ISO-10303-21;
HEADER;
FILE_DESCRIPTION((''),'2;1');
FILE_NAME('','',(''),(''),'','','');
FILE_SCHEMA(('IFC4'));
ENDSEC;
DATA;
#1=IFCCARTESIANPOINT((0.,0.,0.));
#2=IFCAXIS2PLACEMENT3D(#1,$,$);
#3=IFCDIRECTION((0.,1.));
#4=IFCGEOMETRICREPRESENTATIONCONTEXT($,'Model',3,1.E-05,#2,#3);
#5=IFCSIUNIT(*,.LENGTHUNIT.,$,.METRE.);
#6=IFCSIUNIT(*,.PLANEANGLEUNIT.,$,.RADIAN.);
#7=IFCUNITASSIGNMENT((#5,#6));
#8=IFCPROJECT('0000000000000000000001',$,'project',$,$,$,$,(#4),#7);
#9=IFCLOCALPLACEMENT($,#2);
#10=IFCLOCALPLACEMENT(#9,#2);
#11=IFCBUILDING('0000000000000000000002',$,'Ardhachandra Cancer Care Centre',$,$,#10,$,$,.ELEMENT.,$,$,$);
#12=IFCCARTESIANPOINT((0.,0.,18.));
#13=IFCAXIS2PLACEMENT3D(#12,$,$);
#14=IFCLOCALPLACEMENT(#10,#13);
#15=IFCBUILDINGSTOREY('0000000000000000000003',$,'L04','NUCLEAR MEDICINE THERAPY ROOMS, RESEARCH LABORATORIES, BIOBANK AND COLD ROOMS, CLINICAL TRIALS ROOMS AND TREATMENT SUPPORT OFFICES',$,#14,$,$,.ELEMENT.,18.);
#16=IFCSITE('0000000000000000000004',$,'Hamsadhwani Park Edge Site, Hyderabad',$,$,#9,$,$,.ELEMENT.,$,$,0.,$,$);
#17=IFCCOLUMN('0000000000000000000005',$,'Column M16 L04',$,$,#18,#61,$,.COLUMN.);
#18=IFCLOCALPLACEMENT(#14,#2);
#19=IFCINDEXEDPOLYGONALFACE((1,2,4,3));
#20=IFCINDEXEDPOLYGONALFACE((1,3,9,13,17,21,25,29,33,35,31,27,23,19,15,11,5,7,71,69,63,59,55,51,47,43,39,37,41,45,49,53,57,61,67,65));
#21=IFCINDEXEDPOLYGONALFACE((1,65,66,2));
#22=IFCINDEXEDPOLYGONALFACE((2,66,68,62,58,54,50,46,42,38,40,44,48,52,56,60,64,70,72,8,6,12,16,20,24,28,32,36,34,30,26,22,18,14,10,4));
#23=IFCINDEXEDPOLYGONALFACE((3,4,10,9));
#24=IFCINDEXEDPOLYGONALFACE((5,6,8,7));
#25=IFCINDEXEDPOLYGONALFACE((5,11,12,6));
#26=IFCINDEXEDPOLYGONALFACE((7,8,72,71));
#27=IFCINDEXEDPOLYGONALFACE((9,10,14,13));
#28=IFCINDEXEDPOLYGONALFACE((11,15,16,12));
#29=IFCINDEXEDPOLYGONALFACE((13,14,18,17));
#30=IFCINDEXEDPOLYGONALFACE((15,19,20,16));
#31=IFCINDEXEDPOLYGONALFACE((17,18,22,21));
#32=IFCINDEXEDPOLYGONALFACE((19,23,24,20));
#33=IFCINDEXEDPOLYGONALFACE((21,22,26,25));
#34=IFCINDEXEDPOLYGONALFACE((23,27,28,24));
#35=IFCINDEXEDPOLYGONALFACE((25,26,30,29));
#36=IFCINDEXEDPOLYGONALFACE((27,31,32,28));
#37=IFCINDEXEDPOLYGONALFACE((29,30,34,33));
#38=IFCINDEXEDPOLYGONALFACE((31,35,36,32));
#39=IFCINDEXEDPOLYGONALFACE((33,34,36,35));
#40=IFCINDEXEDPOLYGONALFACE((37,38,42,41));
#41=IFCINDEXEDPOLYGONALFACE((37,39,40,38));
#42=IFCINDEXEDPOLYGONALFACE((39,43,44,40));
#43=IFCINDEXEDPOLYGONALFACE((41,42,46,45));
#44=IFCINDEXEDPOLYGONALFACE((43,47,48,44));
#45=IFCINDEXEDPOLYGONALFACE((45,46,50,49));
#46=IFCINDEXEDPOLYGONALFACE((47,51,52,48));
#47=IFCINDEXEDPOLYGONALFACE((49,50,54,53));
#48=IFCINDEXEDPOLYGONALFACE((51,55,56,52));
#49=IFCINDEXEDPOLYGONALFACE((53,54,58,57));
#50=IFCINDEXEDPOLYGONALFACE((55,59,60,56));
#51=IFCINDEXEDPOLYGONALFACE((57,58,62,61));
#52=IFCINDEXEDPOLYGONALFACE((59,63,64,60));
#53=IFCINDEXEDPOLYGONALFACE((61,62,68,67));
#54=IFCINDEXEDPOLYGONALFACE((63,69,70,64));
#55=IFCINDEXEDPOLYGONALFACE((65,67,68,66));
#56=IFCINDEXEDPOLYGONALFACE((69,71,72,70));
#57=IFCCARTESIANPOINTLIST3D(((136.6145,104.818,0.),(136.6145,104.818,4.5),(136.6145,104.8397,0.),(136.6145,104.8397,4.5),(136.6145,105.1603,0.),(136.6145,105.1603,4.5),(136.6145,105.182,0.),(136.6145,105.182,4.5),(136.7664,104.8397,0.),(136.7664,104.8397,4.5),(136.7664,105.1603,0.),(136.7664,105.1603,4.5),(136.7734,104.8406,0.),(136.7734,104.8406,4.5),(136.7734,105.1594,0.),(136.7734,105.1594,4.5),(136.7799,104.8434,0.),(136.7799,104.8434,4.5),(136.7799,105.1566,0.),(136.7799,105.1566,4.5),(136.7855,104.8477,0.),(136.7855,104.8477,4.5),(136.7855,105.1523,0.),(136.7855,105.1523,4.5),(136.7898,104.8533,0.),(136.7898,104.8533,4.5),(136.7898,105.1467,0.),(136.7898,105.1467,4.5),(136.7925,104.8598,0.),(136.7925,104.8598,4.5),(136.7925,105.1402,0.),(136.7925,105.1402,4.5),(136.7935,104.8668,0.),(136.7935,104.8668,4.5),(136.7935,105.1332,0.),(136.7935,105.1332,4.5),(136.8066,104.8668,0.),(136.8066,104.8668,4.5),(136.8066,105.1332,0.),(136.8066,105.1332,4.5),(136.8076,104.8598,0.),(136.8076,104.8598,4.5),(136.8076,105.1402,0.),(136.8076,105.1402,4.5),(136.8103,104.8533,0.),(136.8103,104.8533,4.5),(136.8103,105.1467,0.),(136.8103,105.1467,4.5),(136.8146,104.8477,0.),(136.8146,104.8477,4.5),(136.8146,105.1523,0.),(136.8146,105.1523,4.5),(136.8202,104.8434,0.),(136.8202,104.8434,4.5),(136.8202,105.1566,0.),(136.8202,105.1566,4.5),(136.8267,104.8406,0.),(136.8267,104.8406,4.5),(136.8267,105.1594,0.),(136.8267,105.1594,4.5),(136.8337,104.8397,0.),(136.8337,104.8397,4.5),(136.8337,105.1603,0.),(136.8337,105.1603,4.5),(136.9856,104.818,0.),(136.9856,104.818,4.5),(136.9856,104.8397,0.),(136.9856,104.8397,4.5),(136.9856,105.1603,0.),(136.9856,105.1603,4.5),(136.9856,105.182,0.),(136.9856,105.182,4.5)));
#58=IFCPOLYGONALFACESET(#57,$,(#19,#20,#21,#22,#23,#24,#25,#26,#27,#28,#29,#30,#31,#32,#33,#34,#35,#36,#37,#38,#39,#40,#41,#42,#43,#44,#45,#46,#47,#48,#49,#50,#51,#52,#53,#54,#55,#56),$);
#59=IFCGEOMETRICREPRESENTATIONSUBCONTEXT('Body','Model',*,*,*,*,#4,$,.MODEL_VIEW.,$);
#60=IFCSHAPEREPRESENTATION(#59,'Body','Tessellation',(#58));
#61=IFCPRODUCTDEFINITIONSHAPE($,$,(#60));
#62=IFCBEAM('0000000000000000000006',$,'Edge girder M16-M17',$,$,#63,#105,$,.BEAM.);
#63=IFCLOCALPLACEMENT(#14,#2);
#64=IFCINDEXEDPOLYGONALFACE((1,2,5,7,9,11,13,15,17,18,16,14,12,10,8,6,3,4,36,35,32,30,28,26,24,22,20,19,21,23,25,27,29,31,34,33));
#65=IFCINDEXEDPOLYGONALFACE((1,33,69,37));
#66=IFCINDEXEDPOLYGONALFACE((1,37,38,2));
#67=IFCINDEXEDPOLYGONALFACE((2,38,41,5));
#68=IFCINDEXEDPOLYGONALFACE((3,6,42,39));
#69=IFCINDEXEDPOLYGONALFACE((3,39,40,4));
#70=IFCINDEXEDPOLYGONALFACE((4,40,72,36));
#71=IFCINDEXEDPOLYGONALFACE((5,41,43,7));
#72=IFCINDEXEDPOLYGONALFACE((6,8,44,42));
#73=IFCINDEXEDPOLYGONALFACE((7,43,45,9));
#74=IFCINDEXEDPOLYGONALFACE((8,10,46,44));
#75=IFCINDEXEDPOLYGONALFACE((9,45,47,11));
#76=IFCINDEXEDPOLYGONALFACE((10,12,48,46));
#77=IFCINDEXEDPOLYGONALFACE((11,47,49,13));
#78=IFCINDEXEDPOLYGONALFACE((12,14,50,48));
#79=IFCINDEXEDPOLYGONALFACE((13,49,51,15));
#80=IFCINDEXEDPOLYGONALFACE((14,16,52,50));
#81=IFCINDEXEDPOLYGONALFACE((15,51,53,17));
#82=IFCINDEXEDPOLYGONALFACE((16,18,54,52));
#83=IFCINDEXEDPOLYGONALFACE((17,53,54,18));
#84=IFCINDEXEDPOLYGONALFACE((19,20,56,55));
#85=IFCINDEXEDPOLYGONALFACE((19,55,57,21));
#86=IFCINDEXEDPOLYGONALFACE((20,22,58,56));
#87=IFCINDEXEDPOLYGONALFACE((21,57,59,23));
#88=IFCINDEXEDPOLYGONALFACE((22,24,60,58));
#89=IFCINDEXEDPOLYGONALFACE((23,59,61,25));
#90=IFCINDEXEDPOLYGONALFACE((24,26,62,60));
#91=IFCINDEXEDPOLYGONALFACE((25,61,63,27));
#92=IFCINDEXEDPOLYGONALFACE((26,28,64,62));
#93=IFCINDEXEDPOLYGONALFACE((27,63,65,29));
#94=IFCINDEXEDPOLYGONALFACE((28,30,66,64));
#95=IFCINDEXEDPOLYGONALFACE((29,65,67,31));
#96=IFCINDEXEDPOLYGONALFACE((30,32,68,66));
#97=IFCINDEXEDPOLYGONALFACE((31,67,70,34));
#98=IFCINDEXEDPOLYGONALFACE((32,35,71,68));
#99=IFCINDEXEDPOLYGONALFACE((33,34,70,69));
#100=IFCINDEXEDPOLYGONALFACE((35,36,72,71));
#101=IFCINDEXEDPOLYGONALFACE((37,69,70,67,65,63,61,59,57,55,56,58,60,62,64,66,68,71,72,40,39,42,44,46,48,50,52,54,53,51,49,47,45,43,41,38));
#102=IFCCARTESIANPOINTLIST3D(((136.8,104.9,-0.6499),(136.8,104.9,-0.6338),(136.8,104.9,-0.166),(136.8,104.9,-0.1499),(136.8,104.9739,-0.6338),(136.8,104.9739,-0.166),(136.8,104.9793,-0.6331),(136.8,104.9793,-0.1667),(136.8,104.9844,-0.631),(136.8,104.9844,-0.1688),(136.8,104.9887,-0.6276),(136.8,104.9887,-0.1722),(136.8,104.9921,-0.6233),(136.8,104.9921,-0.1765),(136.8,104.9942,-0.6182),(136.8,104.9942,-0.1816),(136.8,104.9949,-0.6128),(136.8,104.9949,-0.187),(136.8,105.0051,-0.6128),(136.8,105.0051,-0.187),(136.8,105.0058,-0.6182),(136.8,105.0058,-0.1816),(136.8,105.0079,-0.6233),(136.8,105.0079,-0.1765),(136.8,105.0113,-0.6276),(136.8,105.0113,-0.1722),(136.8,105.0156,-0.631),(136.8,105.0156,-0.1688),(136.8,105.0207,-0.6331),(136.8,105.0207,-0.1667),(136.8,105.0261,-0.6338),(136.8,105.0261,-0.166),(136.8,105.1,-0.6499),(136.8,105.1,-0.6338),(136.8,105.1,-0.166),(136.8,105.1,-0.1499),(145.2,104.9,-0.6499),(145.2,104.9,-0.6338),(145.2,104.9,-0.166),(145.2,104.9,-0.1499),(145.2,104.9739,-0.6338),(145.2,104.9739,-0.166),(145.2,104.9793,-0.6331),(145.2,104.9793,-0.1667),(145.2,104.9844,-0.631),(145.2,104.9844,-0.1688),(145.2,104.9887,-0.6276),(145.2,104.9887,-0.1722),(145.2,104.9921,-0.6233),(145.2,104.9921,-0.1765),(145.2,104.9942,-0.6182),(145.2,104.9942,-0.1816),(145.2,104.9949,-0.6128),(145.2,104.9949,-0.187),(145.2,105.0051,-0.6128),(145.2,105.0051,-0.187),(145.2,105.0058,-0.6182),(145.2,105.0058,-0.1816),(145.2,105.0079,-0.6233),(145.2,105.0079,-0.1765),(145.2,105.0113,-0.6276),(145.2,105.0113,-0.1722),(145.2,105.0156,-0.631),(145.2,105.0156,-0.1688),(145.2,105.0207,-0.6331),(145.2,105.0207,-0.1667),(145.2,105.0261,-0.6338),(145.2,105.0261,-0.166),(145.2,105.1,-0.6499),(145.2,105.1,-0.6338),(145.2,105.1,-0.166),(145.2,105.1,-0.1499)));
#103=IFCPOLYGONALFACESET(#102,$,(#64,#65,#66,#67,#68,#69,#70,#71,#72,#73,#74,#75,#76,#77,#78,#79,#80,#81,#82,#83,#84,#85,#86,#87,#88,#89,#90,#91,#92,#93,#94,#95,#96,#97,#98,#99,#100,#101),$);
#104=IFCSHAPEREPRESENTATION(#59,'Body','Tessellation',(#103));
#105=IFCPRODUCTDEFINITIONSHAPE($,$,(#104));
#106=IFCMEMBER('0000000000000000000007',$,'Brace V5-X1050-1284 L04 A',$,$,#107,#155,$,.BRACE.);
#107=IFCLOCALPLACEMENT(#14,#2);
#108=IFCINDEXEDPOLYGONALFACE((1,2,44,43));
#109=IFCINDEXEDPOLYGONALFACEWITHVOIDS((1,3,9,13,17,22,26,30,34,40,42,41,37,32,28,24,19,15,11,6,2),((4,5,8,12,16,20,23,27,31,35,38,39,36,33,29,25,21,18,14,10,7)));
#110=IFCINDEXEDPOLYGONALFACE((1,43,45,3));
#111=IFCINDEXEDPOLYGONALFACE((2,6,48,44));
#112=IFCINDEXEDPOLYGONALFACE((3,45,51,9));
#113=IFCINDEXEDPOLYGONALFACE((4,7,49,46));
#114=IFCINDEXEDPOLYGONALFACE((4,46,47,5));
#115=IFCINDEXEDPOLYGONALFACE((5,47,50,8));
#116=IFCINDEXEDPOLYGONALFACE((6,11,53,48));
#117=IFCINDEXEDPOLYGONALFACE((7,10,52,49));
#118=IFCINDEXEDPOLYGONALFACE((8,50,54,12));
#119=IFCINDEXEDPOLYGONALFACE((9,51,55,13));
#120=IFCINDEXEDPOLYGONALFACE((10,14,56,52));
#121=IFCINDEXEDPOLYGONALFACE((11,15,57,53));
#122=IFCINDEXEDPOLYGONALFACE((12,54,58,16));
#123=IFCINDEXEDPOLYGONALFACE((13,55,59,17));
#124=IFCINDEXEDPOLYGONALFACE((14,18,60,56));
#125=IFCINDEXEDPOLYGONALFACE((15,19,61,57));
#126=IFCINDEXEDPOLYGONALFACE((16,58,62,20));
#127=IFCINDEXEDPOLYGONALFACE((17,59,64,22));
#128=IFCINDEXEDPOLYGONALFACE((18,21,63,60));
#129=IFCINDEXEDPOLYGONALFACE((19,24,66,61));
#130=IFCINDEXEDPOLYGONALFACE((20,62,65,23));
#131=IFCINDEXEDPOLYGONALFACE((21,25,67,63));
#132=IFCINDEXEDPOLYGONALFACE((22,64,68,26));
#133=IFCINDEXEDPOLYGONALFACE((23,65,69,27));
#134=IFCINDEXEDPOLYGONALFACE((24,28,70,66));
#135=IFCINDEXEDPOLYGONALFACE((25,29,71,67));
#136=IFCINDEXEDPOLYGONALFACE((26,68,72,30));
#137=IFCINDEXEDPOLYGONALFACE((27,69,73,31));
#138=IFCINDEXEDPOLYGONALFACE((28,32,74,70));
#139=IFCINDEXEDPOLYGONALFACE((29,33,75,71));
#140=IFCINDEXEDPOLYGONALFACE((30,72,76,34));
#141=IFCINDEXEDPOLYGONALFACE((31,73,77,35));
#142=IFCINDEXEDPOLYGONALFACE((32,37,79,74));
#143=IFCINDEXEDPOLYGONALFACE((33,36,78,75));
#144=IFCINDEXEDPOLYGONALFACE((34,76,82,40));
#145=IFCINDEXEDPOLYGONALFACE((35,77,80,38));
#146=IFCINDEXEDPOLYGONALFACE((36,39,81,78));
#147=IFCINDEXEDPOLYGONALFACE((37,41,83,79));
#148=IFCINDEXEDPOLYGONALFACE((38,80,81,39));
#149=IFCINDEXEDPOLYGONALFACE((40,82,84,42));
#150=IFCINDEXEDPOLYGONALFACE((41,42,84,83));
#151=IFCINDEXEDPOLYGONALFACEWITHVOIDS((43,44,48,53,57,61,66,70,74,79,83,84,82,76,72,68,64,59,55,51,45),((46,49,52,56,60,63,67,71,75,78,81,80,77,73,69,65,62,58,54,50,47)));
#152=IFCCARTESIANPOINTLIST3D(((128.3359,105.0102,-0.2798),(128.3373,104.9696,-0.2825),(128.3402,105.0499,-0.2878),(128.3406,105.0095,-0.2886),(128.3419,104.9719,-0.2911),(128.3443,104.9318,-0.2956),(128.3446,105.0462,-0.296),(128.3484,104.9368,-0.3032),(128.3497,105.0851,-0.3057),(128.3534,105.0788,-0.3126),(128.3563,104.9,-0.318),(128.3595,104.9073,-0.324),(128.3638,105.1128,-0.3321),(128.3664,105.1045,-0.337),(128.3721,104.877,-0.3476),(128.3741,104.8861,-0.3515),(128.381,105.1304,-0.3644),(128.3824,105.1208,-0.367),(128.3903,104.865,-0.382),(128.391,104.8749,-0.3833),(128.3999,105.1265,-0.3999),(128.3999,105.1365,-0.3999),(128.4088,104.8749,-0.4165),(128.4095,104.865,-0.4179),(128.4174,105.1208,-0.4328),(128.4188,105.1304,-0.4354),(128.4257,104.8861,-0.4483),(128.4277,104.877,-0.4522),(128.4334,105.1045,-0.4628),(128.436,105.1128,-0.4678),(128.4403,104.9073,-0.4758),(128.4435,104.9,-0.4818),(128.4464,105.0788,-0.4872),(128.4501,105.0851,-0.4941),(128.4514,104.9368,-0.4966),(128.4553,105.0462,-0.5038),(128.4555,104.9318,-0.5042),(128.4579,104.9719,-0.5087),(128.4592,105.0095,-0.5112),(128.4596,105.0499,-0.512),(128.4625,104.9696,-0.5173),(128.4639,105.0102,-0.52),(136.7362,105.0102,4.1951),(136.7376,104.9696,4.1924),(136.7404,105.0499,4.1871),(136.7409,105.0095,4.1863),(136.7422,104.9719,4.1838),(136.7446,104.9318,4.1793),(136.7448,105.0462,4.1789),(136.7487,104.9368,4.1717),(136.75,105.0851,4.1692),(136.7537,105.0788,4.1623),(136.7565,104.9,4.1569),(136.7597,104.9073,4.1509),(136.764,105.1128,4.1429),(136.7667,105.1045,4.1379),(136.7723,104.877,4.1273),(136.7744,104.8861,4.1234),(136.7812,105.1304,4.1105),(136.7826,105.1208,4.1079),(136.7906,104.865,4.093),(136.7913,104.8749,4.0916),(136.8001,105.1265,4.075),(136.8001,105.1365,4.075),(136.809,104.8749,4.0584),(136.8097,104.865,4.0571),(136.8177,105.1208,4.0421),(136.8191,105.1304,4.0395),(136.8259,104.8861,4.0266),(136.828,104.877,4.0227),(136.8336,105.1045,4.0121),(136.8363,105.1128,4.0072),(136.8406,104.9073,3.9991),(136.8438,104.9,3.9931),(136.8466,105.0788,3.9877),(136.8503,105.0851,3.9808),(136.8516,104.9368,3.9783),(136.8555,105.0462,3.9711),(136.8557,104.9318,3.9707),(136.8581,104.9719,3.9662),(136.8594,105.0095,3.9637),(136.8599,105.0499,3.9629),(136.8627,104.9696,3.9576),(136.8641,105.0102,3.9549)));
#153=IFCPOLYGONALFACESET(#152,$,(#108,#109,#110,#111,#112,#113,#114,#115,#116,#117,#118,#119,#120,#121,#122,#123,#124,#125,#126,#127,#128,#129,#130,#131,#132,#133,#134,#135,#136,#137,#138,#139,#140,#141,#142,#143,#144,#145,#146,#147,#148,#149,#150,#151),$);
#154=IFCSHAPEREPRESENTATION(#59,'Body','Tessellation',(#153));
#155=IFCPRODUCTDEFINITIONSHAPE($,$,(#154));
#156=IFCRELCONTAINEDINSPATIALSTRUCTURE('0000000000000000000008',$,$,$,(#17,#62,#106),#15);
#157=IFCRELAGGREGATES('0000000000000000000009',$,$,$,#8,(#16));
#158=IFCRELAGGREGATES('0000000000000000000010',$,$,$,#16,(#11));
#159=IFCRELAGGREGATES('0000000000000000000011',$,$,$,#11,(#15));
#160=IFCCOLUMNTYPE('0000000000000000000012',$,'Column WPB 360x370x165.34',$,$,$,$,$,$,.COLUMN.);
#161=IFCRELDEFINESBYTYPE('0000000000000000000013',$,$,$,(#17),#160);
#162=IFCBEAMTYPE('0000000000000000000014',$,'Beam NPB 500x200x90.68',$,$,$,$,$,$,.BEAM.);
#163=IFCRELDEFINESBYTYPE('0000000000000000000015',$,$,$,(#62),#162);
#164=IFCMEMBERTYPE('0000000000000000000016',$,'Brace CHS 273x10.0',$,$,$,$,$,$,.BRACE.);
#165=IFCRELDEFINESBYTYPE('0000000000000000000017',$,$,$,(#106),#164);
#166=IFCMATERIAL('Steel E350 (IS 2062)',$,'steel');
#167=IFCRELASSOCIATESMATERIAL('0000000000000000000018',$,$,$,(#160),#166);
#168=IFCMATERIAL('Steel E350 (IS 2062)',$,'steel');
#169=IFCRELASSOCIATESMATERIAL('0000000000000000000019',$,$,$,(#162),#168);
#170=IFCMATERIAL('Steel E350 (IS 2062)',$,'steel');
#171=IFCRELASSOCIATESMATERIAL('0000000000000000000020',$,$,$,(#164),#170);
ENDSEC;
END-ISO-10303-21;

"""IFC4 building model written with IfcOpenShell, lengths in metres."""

from ifc_helpers import new_model, si_unit, direction, frame, origin, origin_2d, place, context, subcontext, project, spatial, hollow_circle, i_section, extrude, material, material_profile, profile_set, type_object, element, save


model = new_model("IFC4")

# Units and contexts
model_context = context("Model", 3, precision=1e-05, world=origin(), true_north=direction((0.0, 1.0)))
body_context = subcontext(model_context, "Body", "Model", "MODEL_VIEW")
ifc_project = project(units=[si_unit("LENGTHUNIT", "METRE"), si_unit("PLANEANGLEUNIT", "RADIAN")], contexts=[model_context])

# Site, building, storey
site_placement = place(None, origin())
site = spatial("IfcSite", under=ifc_project, at=site_placement, Name="Hamsadhwani Park Edge Site, Hyderabad", CompositionType="ELEMENT", RefElevation=0.0)
building_placement = place(site_placement, origin())
building = spatial("IfcBuilding", under=site, at=building_placement, Name="Ardhachandra Cancer Care Centre", CompositionType="ELEMENT")
storey_placement = place(building_placement, frame((0.0, 0.0, 18.0)))
storey = spatial("IfcBuildingStorey", under=building, at=storey_placement, Name="L04", Description="NUCLEAR MEDICINE THERAPY ROOMS, RESEARCH LABORATORIES, BIOBANK AND COLD ROOMS, CLINICAL TRIALS ROOMS AND TREATMENT SUPPORT OFFICES", CompositionType="ELEMENT", Elevation=18.0)

# Column
ifc_material_1 = material(Name="Steel E350 (IS 2062)", Category="steel")
ifc_material_profile_1 = material_profile(ifc_material_1, i_section(OverallWidth=0.3711, OverallDepth=0.364, WebThickness=0.0132, FlangeThickness=0.0217, FilletRadius=0.0271, at=origin_2d()), Name="WPB 360x370x165.34")
ifc_profile_set_1 = profile_set([ifc_material_profile_1], Name="Steel E350 (IS 2062)")
column_type = type_object("IfcColumnType", Name="Column WPB 360x370x165.34", PredefinedType="COLUMN", material=ifc_profile_set_1)
column_placement = place(storey_placement, frame((136.8, 105.0, 0.0), z_axis=(0.0, 0.0, 1.0), x_axis=(1.0, 0.0, 0.0)))
element("IfcColumn", 1, at=column_placement, inside=storey, type_object=column_type, Name="Column M16 L04", PredefinedType="COLUMN", context=body_context, shape_type="SweptSolid", body=[
    extrude(i_section(OverallWidth=0.3711, OverallDepth=0.364, WebThickness=0.0132, FlangeThickness=0.0217, FilletRadius=0.0271, at=origin_2d()), origin(), (0.0, 0.0, 1.0), 4.5),
])

# Beam
ifc_material_2 = material(Name="Steel E350 (IS 2062)", Category="steel")
ifc_material_profile_2 = material_profile(ifc_material_2, i_section(OverallWidth=0.2, OverallDepth=0.5, WebThickness=0.0103, FlangeThickness=0.0161, FilletRadius=0.021, at=origin_2d()), Name="NPB 500x200x90.68")
ifc_profile_set_2 = profile_set([ifc_material_profile_2], Name="Steel E350 (IS 2062)")
beam_type = type_object("IfcBeamType", Name="Beam NPB 500x200x90.68", PredefinedType="BEAM", material=ifc_profile_set_2)
beam_placement = place(storey_placement, frame((136.8, 105.0, -0.3999), z_axis=(1.0, 0.0, 0.0), x_axis=(0.0, 1.0, 0.0)))
element("IfcBeam", 2, at=beam_placement, inside=storey, type_object=beam_type, Name="Edge girder M16-M17", PredefinedType="BEAM", context=body_context, shape_type="SweptSolid", body=[
    extrude(i_section(OverallWidth=0.2, OverallDepth=0.5, WebThickness=0.0103, FlangeThickness=0.0161, FilletRadius=0.021, at=origin_2d()), origin(), (0.0, 0.0, 1.0), 8.3999),
])

# Member
ifc_material_3 = material(Name="Steel E350 (IS 2062)", Category="steel")
ifc_material_profile_3 = material_profile(ifc_material_3, hollow_circle(Radius=0.1365, WallThickness=0.01, at=origin_2d()), Name="CHS 273x10.0")
ifc_profile_set_3 = profile_set([ifc_material_profile_3], Name="Steel E350 (IS 2062)")
member_type_1 = type_object("IfcMemberType", Name="Brace CHS 273x10.0", PredefinedType="BRACE", material=ifc_profile_set_3)
member_1_placement = place(storey_placement, frame((128.3999, 105.0, -0.3999), z_axis=(0.882581, 0.0, 0.470161), x_axis=(0.0, 1.0, 0.0)))
element("IfcMember", 3, at=member_1_placement, inside=storey, type_object=member_type_1, Name="Brace V5-X1050-1284 L04 A", PredefinedType="BRACE", context=body_context, shape_type="SweptSolid", body=[
    extrude(hollow_circle(Radius=0.1365, WallThickness=0.01, at=origin_2d()), origin(), (0.0, 0.0, 1.0), 9.5178),
])

save(model, "model.ifc")
